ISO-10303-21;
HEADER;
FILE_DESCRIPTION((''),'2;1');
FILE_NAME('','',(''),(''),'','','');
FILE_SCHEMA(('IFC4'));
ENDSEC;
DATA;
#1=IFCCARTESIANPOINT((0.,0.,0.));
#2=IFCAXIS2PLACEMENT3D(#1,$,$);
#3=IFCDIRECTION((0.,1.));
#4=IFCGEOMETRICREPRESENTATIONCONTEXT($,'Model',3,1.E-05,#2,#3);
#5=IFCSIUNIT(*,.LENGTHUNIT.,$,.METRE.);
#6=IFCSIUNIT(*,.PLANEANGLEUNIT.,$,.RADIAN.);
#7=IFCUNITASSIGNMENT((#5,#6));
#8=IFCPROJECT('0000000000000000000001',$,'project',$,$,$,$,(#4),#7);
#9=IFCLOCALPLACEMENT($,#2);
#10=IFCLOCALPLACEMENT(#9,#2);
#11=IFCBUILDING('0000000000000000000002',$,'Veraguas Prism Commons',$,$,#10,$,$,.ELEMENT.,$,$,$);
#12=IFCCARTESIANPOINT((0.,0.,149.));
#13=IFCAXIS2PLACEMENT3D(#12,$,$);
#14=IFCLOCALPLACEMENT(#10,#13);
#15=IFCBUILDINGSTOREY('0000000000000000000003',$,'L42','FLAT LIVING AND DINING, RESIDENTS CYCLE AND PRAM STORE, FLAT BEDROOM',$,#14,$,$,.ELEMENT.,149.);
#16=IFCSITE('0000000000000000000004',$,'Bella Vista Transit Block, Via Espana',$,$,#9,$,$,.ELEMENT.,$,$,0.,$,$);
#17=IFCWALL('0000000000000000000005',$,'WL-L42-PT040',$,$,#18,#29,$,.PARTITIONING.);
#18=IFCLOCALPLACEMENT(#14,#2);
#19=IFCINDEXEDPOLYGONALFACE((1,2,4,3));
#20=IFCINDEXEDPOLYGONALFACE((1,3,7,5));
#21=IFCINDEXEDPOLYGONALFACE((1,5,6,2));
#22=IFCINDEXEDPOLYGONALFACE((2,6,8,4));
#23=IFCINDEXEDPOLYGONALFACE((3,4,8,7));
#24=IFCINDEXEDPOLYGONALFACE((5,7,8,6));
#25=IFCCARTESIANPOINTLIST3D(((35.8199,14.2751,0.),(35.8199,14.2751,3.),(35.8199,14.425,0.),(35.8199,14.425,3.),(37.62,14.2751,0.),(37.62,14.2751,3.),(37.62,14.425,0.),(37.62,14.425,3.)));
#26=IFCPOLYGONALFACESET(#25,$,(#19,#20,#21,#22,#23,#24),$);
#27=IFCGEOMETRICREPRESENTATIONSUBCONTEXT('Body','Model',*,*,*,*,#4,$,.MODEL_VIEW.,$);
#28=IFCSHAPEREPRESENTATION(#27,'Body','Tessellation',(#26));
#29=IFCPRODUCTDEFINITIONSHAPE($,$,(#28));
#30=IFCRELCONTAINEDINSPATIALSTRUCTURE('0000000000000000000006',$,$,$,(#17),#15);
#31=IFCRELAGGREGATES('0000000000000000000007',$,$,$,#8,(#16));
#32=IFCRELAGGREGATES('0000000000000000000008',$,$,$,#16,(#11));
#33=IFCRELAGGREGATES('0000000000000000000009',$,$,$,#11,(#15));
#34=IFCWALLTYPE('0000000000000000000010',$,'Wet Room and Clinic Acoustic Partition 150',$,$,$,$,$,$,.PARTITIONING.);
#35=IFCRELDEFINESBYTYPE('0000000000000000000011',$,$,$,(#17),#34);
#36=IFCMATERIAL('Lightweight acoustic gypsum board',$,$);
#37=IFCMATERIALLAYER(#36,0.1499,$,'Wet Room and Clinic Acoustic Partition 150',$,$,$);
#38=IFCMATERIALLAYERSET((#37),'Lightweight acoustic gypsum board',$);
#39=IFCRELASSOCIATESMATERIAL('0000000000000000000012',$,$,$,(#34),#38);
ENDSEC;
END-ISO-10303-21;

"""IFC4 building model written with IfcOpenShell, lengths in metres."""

from ifc_helpers import new_model, si_unit, direction, frame, frame_2d, origin, place, context, subcontext, project, spatial, rectangle, extrude, material, layer, layer_set, type_object, element, save


model = new_model("IFC4")

# Units and contexts
model_context = context("Model", 3, precision=1e-05, world=origin(), true_north=direction((0.0, 1.0)))
body_context = subcontext(model_context, "Body", "Model", "MODEL_VIEW")
ifc_project = project(units=[si_unit("LENGTHUNIT", "METRE"), si_unit("PLANEANGLEUNIT", "RADIAN")], contexts=[model_context])

# Site, building, storey
site_placement = place(None, origin())
site = spatial("IfcSite", under=ifc_project, at=site_placement, Name="Bella Vista Transit Block, Via Espana", CompositionType="ELEMENT", RefElevation=0.0)
building_placement = place(site_placement, origin())
building = spatial("IfcBuilding", under=site, at=building_placement, Name="Veraguas Prism Commons", CompositionType="ELEMENT")
storey_placement = place(building_placement, frame((0.0, 0.0, 149.0)))
storey = spatial("IfcBuildingStorey", under=building, at=storey_placement, Name="L42", Description="FLAT LIVING AND DINING, RESIDENTS CYCLE AND PRAM STORE, FLAT BEDROOM", CompositionType="ELEMENT", Elevation=149.0)

# Shared definitions
ifc_material_1 = material(Name="Lightweight acoustic gypsum board")

# Wall
ifc_layer_1 = layer(ifc_material_1, 0.1499, Name="Wet Room and Clinic Acoustic Partition 150")
ifc_layer_set_1 = layer_set([ifc_layer_1], Name="Lightweight acoustic gypsum board")
wall_type_1 = type_object("IfcWallType", Name="Wet Room and Clinic Acoustic Partition 150", PredefinedType="PARTITIONING", material=ifc_layer_set_1)
wall_1_placement = place(storey_placement, frame((35.8201, 14.3501, 0.0), z_axis=(0.0, 0.0, 1.0), x_axis=(1.0, 0.0, 0.0)))
element("IfcWall", 1, at=wall_1_placement, inside=storey, type_object=wall_type_1, Name="WL-L42-PT040", PredefinedType="PARTITIONING", context=body_context, shape_type="SweptSolid", body=[
    extrude(rectangle(XDim=1.8, YDim=0.1499, at=frame_2d((0.8999, 0.0))), origin(), (0.0, 0.0, 1.0), 3.0),
])

save(model, "model.ifc")
